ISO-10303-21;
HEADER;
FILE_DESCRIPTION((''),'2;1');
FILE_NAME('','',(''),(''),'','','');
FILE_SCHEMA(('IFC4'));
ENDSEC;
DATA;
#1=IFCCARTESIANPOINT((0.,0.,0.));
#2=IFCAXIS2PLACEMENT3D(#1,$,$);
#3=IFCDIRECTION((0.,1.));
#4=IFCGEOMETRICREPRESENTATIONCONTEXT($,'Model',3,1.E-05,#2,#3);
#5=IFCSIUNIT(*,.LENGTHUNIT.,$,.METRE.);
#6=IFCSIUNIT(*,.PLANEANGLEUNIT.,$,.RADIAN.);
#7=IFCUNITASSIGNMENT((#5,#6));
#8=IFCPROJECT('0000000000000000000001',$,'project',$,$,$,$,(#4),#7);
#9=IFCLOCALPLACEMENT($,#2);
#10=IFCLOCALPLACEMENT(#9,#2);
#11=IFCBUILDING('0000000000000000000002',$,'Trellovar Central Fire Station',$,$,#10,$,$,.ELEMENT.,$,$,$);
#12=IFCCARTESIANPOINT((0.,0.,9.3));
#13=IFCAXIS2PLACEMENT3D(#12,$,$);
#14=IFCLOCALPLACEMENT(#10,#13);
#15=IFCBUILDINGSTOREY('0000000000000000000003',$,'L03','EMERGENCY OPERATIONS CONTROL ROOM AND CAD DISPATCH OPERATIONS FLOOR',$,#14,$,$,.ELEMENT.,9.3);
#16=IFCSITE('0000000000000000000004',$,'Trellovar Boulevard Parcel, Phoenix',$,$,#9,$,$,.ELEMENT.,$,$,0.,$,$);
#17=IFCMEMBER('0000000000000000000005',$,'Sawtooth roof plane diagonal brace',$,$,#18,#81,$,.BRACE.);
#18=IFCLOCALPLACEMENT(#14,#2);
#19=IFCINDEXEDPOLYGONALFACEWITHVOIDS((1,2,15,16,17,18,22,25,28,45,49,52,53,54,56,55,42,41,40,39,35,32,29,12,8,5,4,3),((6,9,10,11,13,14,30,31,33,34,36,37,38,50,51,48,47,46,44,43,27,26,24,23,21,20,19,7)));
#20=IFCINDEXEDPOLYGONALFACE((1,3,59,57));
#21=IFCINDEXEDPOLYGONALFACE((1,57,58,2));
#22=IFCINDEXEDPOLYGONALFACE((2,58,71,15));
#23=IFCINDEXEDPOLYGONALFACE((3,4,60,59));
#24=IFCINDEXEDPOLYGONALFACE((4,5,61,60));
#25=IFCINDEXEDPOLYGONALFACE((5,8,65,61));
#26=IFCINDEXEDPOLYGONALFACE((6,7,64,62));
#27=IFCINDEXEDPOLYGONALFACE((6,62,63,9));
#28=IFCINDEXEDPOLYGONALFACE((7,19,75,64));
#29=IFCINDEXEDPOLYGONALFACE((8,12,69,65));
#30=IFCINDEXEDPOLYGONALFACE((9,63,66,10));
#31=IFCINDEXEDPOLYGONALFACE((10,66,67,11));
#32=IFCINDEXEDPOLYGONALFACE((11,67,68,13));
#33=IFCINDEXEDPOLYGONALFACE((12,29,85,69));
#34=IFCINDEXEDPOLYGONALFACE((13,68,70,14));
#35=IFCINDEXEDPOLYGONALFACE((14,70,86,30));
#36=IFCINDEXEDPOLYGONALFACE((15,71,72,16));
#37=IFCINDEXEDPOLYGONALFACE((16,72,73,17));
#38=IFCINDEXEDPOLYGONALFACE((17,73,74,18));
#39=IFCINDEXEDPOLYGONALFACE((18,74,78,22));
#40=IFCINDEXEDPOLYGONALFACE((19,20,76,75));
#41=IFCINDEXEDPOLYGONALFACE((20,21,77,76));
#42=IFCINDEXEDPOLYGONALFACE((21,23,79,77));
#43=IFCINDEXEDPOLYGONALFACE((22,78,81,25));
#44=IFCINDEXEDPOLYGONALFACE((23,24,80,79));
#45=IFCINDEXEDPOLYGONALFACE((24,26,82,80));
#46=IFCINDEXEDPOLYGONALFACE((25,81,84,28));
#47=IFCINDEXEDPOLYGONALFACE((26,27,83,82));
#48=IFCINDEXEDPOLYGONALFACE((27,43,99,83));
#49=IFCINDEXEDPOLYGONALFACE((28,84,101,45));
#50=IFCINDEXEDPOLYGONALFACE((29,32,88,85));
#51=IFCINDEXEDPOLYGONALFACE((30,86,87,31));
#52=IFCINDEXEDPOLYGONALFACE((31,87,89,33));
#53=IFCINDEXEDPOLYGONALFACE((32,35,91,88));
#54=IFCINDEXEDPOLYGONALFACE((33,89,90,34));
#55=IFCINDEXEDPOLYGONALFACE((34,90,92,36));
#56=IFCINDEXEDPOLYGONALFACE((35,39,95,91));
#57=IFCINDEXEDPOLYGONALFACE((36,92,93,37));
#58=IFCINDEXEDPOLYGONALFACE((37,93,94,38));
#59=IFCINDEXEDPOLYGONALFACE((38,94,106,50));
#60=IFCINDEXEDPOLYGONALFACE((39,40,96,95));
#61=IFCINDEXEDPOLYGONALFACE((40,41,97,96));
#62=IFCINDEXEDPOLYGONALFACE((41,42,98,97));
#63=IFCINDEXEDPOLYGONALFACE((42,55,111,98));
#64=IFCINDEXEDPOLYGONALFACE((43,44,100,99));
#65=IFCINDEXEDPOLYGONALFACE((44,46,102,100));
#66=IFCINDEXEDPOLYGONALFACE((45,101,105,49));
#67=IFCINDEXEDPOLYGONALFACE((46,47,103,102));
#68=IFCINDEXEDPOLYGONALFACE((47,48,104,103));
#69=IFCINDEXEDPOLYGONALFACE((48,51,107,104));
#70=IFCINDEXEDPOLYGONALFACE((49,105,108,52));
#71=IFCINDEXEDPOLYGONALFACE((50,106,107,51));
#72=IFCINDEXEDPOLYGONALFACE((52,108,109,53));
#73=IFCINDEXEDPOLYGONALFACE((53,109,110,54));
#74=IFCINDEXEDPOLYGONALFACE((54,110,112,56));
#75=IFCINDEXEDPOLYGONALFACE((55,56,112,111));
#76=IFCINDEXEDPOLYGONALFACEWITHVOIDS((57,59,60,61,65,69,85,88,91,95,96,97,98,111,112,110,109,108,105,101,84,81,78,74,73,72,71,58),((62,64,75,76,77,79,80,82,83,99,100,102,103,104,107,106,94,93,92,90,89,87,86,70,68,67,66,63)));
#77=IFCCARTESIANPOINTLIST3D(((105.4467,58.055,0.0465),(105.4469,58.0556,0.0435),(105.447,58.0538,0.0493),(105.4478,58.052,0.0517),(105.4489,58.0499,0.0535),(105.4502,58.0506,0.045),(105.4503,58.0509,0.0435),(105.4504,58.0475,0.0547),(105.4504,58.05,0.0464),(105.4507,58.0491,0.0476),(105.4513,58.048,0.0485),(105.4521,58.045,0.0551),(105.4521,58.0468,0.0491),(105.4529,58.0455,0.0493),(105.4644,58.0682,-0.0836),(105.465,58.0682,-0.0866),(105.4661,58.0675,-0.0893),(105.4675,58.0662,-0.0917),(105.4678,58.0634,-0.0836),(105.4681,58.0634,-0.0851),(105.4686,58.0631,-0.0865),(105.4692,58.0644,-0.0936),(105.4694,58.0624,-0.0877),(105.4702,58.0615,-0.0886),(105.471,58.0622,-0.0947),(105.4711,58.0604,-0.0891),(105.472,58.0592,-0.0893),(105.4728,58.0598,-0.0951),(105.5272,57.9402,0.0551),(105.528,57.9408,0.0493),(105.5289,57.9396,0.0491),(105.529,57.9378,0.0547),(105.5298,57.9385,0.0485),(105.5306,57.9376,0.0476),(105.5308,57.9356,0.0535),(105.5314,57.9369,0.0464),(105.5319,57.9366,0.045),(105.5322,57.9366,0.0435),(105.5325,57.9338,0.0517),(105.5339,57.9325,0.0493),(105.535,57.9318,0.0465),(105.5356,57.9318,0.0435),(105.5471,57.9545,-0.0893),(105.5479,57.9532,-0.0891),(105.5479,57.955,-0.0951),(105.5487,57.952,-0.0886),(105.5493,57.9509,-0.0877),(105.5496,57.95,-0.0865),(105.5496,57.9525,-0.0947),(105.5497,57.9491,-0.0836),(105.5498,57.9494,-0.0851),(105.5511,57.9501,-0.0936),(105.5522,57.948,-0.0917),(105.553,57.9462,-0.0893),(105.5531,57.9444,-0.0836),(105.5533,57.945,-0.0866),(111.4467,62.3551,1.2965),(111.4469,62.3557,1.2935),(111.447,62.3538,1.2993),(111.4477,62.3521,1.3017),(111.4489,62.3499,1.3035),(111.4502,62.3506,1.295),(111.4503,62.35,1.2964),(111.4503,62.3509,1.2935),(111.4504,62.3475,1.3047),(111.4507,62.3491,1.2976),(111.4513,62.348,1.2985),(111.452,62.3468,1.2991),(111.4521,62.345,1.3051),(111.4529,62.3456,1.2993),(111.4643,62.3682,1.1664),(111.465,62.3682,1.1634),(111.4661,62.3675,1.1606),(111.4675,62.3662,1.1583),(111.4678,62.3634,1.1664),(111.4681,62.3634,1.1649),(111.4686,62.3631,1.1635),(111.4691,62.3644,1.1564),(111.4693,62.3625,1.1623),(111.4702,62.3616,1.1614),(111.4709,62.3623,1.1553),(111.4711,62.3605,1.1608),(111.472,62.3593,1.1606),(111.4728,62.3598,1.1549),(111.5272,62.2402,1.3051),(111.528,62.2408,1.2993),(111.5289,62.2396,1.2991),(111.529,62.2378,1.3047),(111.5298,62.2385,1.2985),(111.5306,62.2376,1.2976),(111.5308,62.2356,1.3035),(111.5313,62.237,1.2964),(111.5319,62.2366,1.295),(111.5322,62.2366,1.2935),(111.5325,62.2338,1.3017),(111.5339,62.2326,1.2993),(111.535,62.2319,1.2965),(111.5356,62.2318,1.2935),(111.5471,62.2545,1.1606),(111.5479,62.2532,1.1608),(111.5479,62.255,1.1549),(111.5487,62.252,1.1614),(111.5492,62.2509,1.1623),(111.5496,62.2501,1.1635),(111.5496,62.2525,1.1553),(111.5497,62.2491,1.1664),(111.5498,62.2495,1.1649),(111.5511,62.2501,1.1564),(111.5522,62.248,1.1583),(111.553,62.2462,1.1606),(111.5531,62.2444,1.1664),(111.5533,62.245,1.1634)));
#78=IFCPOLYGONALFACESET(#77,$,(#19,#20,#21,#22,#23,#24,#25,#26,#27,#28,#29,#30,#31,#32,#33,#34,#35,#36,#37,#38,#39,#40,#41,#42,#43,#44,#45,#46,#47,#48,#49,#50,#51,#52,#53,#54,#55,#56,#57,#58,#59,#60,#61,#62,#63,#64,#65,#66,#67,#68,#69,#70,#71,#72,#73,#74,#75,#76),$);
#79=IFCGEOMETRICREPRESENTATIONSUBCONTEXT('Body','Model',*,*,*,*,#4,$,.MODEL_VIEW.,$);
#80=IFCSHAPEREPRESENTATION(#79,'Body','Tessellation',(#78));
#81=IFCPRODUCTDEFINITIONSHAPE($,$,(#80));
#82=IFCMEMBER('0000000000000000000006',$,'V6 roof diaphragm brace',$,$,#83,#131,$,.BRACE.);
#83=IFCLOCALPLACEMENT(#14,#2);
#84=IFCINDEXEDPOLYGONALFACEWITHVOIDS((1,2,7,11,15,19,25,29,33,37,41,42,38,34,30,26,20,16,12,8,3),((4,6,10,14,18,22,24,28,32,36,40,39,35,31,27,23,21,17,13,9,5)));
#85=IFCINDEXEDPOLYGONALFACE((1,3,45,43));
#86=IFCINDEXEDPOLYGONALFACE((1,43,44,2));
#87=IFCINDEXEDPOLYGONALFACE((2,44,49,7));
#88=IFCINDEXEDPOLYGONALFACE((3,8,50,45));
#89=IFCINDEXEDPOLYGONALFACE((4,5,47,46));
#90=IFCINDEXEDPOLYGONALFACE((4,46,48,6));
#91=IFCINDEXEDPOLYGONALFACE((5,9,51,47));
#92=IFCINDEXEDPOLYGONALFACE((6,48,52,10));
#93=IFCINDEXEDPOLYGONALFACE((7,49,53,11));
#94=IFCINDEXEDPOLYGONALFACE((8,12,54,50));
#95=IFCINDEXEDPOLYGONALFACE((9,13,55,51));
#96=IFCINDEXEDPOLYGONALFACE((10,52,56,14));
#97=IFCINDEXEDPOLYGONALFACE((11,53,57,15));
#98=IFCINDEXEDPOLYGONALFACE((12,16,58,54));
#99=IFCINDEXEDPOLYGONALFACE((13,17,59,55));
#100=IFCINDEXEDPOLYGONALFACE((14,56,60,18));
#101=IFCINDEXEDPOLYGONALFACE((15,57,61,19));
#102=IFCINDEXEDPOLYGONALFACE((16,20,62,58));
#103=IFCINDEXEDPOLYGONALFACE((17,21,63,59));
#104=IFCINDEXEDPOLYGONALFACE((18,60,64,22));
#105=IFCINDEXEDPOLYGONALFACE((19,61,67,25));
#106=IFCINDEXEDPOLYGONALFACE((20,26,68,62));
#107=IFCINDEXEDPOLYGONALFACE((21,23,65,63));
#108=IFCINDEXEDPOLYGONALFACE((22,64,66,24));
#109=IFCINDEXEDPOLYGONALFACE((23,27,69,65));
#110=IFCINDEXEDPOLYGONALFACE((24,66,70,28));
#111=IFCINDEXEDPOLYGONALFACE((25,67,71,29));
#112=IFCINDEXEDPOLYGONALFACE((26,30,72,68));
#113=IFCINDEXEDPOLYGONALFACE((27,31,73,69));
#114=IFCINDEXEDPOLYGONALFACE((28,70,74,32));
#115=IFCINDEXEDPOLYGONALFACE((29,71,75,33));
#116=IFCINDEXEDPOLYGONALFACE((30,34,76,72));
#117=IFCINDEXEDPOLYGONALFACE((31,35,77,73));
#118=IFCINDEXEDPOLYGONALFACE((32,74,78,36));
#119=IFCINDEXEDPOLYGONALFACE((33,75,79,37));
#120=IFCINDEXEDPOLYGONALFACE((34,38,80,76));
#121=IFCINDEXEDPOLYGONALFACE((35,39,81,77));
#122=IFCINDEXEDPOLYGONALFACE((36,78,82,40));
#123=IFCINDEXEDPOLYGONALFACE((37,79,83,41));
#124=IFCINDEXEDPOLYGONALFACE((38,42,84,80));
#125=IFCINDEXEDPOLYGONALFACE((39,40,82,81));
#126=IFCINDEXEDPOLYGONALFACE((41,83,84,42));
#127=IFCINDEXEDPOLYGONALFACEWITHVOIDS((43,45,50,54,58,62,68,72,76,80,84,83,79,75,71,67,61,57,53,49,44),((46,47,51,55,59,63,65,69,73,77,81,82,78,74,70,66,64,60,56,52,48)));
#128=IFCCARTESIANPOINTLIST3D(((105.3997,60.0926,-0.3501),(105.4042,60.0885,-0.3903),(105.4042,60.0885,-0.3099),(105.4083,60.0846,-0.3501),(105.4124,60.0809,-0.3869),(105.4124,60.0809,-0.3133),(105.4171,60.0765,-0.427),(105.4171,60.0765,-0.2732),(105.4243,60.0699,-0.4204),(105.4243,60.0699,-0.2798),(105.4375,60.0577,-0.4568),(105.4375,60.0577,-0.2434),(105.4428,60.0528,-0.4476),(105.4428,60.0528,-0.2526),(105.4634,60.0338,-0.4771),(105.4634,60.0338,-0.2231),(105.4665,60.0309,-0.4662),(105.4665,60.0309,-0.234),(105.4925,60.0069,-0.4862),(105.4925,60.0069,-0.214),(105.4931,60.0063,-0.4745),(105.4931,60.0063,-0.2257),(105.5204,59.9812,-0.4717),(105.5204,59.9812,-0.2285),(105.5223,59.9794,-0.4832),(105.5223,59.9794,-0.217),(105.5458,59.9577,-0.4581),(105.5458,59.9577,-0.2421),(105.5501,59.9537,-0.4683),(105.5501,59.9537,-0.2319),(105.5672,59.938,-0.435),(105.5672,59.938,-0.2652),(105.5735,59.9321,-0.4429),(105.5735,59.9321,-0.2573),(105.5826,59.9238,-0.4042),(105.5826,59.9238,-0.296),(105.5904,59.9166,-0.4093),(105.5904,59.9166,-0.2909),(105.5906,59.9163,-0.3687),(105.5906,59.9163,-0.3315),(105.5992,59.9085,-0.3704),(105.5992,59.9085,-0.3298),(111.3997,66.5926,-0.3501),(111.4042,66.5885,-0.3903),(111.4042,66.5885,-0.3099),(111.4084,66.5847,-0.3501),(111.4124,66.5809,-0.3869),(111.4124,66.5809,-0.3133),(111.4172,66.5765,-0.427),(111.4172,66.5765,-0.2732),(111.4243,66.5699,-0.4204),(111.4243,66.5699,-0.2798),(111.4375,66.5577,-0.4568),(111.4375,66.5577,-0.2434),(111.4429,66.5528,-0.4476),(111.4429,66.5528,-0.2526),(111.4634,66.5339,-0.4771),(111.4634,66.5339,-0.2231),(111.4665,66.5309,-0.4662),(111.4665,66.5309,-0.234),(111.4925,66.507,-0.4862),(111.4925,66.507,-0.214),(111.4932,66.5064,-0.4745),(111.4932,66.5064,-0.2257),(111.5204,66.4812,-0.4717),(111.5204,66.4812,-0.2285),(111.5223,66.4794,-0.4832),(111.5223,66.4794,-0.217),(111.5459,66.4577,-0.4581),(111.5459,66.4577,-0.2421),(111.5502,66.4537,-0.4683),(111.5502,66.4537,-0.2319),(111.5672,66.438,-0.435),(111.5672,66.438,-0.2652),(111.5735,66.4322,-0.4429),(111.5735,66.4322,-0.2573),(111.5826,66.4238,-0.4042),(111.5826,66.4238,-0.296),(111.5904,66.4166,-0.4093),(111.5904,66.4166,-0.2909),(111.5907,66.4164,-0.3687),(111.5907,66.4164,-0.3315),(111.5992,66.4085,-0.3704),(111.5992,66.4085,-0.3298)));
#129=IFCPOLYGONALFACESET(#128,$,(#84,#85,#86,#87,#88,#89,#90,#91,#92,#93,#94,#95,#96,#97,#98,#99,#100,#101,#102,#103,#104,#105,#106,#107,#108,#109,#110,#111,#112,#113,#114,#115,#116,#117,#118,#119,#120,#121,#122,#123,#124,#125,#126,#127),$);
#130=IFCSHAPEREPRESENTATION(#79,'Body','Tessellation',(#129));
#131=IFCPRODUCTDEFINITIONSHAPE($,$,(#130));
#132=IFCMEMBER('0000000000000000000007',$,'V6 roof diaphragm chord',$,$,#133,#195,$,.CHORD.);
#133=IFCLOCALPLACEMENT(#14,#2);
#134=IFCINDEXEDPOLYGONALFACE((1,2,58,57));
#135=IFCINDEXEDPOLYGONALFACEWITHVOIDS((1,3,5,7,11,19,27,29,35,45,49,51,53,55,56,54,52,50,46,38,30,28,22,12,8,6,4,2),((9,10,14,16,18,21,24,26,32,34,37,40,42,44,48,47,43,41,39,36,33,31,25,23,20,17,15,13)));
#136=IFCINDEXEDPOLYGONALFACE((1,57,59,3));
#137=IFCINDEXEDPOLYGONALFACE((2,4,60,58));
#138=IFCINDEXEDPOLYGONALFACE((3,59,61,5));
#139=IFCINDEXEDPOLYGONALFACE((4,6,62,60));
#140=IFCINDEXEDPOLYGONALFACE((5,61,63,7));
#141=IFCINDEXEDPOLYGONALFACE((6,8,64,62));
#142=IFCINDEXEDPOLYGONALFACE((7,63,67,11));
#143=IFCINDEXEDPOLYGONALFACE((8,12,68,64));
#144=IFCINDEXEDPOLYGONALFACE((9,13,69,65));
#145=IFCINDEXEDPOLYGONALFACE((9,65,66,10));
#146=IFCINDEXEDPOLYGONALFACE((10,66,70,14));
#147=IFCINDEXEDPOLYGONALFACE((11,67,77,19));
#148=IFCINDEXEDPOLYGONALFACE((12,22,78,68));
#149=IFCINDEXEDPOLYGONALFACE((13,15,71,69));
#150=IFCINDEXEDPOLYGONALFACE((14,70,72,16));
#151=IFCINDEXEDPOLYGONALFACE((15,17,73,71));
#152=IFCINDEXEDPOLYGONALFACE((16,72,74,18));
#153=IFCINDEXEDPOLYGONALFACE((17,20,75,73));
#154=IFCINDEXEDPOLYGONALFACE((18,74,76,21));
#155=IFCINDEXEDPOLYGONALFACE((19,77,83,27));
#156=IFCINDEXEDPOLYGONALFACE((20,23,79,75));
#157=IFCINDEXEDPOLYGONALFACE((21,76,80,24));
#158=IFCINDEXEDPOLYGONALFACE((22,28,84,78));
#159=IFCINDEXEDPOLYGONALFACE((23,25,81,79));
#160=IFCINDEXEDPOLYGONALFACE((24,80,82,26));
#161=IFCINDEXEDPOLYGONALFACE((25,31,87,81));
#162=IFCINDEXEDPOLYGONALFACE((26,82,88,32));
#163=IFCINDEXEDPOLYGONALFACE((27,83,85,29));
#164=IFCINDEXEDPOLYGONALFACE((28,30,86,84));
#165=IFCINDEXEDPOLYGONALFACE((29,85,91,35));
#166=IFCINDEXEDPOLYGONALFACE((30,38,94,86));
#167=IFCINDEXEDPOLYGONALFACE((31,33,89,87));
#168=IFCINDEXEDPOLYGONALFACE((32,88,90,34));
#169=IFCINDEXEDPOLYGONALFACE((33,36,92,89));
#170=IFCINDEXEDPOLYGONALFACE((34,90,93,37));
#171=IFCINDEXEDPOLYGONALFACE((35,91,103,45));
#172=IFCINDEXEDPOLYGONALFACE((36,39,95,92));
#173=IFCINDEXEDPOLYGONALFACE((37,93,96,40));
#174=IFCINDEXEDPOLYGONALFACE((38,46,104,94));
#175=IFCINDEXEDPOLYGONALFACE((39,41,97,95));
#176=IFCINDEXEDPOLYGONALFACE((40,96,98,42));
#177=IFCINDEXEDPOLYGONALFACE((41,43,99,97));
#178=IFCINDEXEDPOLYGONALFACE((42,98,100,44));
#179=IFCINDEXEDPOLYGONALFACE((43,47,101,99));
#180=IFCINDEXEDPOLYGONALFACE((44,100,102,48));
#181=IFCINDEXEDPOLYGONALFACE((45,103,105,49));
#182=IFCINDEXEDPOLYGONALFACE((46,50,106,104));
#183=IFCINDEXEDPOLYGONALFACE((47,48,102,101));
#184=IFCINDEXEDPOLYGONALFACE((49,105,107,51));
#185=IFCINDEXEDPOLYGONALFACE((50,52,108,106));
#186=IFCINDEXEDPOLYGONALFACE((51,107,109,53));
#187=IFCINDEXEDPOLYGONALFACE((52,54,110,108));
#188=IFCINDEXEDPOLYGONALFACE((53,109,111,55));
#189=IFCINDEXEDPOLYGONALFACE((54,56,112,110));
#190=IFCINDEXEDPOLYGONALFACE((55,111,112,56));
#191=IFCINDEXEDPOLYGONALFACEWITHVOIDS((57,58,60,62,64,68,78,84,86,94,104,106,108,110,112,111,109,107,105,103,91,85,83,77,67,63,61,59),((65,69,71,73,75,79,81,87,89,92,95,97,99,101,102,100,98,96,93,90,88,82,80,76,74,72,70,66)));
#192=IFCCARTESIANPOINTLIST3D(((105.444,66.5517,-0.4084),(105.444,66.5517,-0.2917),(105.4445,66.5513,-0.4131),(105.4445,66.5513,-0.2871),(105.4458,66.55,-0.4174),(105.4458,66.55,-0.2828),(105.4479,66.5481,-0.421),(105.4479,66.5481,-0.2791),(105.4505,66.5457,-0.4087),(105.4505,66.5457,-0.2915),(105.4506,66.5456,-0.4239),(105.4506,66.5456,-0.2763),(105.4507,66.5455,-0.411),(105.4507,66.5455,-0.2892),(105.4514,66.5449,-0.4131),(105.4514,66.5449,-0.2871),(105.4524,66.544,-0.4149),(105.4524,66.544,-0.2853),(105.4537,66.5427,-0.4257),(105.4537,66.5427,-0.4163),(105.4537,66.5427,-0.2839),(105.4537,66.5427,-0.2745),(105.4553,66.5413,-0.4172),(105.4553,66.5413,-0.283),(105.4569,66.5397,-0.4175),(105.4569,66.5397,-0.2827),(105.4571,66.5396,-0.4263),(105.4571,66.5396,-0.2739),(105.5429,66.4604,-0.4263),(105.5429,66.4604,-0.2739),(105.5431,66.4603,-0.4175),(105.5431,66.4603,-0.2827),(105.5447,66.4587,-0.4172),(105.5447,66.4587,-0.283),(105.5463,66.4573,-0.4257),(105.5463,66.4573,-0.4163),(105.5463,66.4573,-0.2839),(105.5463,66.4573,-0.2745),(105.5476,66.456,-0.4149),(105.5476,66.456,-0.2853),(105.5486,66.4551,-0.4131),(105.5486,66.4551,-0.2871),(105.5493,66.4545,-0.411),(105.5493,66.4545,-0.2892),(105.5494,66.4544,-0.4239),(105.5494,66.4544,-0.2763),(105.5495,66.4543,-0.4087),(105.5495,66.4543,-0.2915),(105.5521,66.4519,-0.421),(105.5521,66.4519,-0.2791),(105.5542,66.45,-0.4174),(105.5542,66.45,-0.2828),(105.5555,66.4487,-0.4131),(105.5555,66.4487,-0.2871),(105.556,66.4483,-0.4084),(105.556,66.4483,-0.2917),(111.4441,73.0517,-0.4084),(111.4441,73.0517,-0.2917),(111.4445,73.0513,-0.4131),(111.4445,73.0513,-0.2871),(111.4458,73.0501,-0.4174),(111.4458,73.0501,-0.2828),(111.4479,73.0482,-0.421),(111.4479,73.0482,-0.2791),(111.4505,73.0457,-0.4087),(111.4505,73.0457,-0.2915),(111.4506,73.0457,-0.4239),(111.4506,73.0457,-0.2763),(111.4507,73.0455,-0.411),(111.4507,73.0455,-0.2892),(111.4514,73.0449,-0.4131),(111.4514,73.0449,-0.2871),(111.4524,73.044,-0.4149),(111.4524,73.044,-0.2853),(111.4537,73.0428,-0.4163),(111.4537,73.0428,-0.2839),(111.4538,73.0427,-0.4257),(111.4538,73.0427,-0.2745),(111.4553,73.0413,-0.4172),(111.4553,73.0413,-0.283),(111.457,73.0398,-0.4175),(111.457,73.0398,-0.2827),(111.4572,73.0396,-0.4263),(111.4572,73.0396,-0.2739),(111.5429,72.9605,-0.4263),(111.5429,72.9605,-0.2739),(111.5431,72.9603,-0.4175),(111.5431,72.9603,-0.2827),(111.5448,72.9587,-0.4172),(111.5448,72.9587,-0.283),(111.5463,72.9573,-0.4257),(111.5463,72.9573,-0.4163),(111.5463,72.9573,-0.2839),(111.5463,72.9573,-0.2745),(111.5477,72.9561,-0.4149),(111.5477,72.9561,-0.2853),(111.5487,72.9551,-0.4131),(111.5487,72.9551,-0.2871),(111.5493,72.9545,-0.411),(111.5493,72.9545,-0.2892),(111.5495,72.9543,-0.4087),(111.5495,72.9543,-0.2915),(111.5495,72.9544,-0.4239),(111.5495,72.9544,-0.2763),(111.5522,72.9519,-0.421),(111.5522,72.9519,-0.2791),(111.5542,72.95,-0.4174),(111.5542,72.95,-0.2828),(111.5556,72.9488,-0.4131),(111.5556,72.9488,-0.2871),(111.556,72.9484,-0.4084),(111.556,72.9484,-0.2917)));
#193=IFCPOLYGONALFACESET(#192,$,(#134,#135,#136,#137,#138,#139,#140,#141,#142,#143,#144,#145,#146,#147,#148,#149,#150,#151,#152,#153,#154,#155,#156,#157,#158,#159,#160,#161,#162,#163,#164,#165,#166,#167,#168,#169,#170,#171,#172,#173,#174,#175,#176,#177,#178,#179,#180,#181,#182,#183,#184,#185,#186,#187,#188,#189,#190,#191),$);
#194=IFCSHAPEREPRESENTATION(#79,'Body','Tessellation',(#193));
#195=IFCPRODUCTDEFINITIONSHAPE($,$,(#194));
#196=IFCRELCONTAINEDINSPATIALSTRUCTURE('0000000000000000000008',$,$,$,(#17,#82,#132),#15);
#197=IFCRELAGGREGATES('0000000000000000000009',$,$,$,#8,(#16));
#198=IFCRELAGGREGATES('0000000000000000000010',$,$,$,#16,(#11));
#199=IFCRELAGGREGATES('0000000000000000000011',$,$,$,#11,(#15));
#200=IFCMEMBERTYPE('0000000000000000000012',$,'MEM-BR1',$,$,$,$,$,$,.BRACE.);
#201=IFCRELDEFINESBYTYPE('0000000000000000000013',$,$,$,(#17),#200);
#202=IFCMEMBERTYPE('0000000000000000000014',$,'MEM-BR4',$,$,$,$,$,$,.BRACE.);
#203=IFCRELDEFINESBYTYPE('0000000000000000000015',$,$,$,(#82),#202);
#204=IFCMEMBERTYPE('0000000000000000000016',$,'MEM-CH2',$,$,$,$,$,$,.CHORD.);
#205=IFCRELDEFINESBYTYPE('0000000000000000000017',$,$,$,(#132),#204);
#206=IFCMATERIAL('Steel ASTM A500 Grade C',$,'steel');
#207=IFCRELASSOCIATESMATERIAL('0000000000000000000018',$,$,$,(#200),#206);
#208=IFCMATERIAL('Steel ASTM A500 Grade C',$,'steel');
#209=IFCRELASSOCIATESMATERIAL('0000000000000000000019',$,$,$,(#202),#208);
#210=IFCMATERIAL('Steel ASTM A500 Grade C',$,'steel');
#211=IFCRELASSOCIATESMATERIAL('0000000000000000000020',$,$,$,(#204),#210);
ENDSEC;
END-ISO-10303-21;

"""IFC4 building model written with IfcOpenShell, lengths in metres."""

from ifc_helpers import new_model, si_unit, direction, frame, origin, origin_2d, place, context, subcontext, project, spatial, hollow_rectangle, hollow_circle, extrude, material, material_profile, profile_set, type_object, element, save


model = new_model("IFC4")

# Units and contexts
model_context = context("Model", 3, precision=1e-05, world=origin(), true_north=direction((0.0, 1.0)))
body_context = subcontext(model_context, "Body", "Model", "MODEL_VIEW")
ifc_project = project(units=[si_unit("LENGTHUNIT", "METRE"), si_unit("PLANEANGLEUNIT", "RADIAN")], contexts=[model_context])

# Site, building, storey
site_placement = place(None, origin())
site = spatial("IfcSite", under=ifc_project, at=site_placement, Name="Trellovar Boulevard Parcel, Phoenix", CompositionType="ELEMENT", RefElevation=0.0)
building_placement = place(site_placement, origin())
building = spatial("IfcBuilding", under=site, at=building_placement, Name="Trellovar Central Fire Station", CompositionType="ELEMENT")
storey_placement = place(building_placement, frame((0.0, 0.0, 9.3)))
storey = spatial("IfcBuildingStorey", under=building, at=storey_placement, Name="L03", Description="EMERGENCY OPERATIONS CONTROL ROOM AND CAD DISPATCH OPERATIONS FLOOR", CompositionType="ELEMENT", Elevation=9.3)

# Members
ifc_material_1 = material(Name="Steel ASTM A500 Grade C", Category="steel")
ifc_material_profile_1 = material_profile(ifc_material_1, hollow_rectangle(XDim=0.1523, YDim=0.1523, WallThickness=0.0059, InnerFilletRadius=0.0059, OuterFilletRadius=0.0117, at=origin_2d()), Name="HSS6X6X1/4")
ifc_profile_set_1 = profile_set([ifc_material_profile_1], Name="Steel ASTM A500 Grade C")
member_type_1 = type_object("IfcMemberType", Name="MEM-BR1", PredefinedType="BRACE", material=ifc_profile_set_1)
for number, where, z_axis, x_axis, name in (
    (1, (105.5, 58.0, -0.02), (0.801405, 0.574347, 0.166959), (-0.582523, 0.812814, 0.0), "Sawtooth roof plane diagonal brace"),
):
    element("IfcMember", number, at=place(storey_placement, frame(where, z_axis=z_axis, x_axis=x_axis)), inside=storey, type_object=member_type_1, Name=name, PredefinedType="BRACE", context=body_context, shape_type="SweptSolid", body=[
        extrude(hollow_rectangle(XDim=0.1523, YDim=0.1523, WallThickness=0.0059, InnerFilletRadius=0.0059, OuterFilletRadius=0.0117, at=origin_2d()), origin(), (0.0, 0.0, 1.0), 7.4868),
    ])
ifc_material_2 = material(Name="Steel ASTM A500 Grade C", Category="steel")
ifc_material_profile_2 = material_profile(ifc_material_2, hollow_circle(Radius=0.1365, WallThickness=0.0117, at=origin_2d()), Name="HSS10.750X0.500")
ifc_profile_set_2 = profile_set([ifc_material_profile_2], Name="Steel ASTM A500 Grade C")
member_type_2 = type_object("IfcMemberType", Name="MEM-BR4", PredefinedType="BRACE", material=ifc_profile_set_2)
member_1_placement = place(storey_placement, frame((105.5, 60.0, -0.3501), z_axis=(0.67828, 0.734803, 0.0), x_axis=(-0.734803, 0.67828, 0.0)))
element("IfcMember", 2, at=member_1_placement, inside=storey, type_object=member_type_2, Name="V6 roof diaphragm brace", PredefinedType="BRACE", context=body_context, shape_type="SweptSolid", body=[
    extrude(hollow_circle(Radius=0.1365, WallThickness=0.0117, at=origin_2d()), origin(), (0.0, 0.0, 1.0), 8.8459),
])
ifc_material_3 = material(Name="Steel ASTM A500 Grade C", Category="steel")
ifc_material_profile_3 = material_profile(ifc_material_3, hollow_rectangle(XDim=0.1523, YDim=0.1523, WallThickness=0.0088, InnerFilletRadius=0.0088, OuterFilletRadius=0.0178, at=origin_2d()), Name="HSS6X6X3/8")
ifc_profile_set_3 = profile_set([ifc_material_profile_3], Name="Steel ASTM A500 Grade C")
member_type_3 = type_object("IfcMemberType", Name="MEM-CH2", PredefinedType="CHORD", material=ifc_profile_set_3)
member_2_placement = place(storey_placement, frame((105.5, 66.5, -0.3501), z_axis=(0.67828, 0.734803, 0.0), x_axis=(-0.734803, 0.67828, 0.0)))
element("IfcMember", 3, at=member_2_placement, inside=storey, type_object=member_type_3, Name="V6 roof diaphragm chord", PredefinedType="CHORD", context=body_context, shape_type="SweptSolid", body=[
    extrude(hollow_rectangle(XDim=0.1523, YDim=0.1523, WallThickness=0.0088, InnerFilletRadius=0.0088, OuterFilletRadius=0.0178, at=origin_2d()), origin(), (0.0, 0.0, 1.0), 8.8459),
])

save(model, "model.ifc")
